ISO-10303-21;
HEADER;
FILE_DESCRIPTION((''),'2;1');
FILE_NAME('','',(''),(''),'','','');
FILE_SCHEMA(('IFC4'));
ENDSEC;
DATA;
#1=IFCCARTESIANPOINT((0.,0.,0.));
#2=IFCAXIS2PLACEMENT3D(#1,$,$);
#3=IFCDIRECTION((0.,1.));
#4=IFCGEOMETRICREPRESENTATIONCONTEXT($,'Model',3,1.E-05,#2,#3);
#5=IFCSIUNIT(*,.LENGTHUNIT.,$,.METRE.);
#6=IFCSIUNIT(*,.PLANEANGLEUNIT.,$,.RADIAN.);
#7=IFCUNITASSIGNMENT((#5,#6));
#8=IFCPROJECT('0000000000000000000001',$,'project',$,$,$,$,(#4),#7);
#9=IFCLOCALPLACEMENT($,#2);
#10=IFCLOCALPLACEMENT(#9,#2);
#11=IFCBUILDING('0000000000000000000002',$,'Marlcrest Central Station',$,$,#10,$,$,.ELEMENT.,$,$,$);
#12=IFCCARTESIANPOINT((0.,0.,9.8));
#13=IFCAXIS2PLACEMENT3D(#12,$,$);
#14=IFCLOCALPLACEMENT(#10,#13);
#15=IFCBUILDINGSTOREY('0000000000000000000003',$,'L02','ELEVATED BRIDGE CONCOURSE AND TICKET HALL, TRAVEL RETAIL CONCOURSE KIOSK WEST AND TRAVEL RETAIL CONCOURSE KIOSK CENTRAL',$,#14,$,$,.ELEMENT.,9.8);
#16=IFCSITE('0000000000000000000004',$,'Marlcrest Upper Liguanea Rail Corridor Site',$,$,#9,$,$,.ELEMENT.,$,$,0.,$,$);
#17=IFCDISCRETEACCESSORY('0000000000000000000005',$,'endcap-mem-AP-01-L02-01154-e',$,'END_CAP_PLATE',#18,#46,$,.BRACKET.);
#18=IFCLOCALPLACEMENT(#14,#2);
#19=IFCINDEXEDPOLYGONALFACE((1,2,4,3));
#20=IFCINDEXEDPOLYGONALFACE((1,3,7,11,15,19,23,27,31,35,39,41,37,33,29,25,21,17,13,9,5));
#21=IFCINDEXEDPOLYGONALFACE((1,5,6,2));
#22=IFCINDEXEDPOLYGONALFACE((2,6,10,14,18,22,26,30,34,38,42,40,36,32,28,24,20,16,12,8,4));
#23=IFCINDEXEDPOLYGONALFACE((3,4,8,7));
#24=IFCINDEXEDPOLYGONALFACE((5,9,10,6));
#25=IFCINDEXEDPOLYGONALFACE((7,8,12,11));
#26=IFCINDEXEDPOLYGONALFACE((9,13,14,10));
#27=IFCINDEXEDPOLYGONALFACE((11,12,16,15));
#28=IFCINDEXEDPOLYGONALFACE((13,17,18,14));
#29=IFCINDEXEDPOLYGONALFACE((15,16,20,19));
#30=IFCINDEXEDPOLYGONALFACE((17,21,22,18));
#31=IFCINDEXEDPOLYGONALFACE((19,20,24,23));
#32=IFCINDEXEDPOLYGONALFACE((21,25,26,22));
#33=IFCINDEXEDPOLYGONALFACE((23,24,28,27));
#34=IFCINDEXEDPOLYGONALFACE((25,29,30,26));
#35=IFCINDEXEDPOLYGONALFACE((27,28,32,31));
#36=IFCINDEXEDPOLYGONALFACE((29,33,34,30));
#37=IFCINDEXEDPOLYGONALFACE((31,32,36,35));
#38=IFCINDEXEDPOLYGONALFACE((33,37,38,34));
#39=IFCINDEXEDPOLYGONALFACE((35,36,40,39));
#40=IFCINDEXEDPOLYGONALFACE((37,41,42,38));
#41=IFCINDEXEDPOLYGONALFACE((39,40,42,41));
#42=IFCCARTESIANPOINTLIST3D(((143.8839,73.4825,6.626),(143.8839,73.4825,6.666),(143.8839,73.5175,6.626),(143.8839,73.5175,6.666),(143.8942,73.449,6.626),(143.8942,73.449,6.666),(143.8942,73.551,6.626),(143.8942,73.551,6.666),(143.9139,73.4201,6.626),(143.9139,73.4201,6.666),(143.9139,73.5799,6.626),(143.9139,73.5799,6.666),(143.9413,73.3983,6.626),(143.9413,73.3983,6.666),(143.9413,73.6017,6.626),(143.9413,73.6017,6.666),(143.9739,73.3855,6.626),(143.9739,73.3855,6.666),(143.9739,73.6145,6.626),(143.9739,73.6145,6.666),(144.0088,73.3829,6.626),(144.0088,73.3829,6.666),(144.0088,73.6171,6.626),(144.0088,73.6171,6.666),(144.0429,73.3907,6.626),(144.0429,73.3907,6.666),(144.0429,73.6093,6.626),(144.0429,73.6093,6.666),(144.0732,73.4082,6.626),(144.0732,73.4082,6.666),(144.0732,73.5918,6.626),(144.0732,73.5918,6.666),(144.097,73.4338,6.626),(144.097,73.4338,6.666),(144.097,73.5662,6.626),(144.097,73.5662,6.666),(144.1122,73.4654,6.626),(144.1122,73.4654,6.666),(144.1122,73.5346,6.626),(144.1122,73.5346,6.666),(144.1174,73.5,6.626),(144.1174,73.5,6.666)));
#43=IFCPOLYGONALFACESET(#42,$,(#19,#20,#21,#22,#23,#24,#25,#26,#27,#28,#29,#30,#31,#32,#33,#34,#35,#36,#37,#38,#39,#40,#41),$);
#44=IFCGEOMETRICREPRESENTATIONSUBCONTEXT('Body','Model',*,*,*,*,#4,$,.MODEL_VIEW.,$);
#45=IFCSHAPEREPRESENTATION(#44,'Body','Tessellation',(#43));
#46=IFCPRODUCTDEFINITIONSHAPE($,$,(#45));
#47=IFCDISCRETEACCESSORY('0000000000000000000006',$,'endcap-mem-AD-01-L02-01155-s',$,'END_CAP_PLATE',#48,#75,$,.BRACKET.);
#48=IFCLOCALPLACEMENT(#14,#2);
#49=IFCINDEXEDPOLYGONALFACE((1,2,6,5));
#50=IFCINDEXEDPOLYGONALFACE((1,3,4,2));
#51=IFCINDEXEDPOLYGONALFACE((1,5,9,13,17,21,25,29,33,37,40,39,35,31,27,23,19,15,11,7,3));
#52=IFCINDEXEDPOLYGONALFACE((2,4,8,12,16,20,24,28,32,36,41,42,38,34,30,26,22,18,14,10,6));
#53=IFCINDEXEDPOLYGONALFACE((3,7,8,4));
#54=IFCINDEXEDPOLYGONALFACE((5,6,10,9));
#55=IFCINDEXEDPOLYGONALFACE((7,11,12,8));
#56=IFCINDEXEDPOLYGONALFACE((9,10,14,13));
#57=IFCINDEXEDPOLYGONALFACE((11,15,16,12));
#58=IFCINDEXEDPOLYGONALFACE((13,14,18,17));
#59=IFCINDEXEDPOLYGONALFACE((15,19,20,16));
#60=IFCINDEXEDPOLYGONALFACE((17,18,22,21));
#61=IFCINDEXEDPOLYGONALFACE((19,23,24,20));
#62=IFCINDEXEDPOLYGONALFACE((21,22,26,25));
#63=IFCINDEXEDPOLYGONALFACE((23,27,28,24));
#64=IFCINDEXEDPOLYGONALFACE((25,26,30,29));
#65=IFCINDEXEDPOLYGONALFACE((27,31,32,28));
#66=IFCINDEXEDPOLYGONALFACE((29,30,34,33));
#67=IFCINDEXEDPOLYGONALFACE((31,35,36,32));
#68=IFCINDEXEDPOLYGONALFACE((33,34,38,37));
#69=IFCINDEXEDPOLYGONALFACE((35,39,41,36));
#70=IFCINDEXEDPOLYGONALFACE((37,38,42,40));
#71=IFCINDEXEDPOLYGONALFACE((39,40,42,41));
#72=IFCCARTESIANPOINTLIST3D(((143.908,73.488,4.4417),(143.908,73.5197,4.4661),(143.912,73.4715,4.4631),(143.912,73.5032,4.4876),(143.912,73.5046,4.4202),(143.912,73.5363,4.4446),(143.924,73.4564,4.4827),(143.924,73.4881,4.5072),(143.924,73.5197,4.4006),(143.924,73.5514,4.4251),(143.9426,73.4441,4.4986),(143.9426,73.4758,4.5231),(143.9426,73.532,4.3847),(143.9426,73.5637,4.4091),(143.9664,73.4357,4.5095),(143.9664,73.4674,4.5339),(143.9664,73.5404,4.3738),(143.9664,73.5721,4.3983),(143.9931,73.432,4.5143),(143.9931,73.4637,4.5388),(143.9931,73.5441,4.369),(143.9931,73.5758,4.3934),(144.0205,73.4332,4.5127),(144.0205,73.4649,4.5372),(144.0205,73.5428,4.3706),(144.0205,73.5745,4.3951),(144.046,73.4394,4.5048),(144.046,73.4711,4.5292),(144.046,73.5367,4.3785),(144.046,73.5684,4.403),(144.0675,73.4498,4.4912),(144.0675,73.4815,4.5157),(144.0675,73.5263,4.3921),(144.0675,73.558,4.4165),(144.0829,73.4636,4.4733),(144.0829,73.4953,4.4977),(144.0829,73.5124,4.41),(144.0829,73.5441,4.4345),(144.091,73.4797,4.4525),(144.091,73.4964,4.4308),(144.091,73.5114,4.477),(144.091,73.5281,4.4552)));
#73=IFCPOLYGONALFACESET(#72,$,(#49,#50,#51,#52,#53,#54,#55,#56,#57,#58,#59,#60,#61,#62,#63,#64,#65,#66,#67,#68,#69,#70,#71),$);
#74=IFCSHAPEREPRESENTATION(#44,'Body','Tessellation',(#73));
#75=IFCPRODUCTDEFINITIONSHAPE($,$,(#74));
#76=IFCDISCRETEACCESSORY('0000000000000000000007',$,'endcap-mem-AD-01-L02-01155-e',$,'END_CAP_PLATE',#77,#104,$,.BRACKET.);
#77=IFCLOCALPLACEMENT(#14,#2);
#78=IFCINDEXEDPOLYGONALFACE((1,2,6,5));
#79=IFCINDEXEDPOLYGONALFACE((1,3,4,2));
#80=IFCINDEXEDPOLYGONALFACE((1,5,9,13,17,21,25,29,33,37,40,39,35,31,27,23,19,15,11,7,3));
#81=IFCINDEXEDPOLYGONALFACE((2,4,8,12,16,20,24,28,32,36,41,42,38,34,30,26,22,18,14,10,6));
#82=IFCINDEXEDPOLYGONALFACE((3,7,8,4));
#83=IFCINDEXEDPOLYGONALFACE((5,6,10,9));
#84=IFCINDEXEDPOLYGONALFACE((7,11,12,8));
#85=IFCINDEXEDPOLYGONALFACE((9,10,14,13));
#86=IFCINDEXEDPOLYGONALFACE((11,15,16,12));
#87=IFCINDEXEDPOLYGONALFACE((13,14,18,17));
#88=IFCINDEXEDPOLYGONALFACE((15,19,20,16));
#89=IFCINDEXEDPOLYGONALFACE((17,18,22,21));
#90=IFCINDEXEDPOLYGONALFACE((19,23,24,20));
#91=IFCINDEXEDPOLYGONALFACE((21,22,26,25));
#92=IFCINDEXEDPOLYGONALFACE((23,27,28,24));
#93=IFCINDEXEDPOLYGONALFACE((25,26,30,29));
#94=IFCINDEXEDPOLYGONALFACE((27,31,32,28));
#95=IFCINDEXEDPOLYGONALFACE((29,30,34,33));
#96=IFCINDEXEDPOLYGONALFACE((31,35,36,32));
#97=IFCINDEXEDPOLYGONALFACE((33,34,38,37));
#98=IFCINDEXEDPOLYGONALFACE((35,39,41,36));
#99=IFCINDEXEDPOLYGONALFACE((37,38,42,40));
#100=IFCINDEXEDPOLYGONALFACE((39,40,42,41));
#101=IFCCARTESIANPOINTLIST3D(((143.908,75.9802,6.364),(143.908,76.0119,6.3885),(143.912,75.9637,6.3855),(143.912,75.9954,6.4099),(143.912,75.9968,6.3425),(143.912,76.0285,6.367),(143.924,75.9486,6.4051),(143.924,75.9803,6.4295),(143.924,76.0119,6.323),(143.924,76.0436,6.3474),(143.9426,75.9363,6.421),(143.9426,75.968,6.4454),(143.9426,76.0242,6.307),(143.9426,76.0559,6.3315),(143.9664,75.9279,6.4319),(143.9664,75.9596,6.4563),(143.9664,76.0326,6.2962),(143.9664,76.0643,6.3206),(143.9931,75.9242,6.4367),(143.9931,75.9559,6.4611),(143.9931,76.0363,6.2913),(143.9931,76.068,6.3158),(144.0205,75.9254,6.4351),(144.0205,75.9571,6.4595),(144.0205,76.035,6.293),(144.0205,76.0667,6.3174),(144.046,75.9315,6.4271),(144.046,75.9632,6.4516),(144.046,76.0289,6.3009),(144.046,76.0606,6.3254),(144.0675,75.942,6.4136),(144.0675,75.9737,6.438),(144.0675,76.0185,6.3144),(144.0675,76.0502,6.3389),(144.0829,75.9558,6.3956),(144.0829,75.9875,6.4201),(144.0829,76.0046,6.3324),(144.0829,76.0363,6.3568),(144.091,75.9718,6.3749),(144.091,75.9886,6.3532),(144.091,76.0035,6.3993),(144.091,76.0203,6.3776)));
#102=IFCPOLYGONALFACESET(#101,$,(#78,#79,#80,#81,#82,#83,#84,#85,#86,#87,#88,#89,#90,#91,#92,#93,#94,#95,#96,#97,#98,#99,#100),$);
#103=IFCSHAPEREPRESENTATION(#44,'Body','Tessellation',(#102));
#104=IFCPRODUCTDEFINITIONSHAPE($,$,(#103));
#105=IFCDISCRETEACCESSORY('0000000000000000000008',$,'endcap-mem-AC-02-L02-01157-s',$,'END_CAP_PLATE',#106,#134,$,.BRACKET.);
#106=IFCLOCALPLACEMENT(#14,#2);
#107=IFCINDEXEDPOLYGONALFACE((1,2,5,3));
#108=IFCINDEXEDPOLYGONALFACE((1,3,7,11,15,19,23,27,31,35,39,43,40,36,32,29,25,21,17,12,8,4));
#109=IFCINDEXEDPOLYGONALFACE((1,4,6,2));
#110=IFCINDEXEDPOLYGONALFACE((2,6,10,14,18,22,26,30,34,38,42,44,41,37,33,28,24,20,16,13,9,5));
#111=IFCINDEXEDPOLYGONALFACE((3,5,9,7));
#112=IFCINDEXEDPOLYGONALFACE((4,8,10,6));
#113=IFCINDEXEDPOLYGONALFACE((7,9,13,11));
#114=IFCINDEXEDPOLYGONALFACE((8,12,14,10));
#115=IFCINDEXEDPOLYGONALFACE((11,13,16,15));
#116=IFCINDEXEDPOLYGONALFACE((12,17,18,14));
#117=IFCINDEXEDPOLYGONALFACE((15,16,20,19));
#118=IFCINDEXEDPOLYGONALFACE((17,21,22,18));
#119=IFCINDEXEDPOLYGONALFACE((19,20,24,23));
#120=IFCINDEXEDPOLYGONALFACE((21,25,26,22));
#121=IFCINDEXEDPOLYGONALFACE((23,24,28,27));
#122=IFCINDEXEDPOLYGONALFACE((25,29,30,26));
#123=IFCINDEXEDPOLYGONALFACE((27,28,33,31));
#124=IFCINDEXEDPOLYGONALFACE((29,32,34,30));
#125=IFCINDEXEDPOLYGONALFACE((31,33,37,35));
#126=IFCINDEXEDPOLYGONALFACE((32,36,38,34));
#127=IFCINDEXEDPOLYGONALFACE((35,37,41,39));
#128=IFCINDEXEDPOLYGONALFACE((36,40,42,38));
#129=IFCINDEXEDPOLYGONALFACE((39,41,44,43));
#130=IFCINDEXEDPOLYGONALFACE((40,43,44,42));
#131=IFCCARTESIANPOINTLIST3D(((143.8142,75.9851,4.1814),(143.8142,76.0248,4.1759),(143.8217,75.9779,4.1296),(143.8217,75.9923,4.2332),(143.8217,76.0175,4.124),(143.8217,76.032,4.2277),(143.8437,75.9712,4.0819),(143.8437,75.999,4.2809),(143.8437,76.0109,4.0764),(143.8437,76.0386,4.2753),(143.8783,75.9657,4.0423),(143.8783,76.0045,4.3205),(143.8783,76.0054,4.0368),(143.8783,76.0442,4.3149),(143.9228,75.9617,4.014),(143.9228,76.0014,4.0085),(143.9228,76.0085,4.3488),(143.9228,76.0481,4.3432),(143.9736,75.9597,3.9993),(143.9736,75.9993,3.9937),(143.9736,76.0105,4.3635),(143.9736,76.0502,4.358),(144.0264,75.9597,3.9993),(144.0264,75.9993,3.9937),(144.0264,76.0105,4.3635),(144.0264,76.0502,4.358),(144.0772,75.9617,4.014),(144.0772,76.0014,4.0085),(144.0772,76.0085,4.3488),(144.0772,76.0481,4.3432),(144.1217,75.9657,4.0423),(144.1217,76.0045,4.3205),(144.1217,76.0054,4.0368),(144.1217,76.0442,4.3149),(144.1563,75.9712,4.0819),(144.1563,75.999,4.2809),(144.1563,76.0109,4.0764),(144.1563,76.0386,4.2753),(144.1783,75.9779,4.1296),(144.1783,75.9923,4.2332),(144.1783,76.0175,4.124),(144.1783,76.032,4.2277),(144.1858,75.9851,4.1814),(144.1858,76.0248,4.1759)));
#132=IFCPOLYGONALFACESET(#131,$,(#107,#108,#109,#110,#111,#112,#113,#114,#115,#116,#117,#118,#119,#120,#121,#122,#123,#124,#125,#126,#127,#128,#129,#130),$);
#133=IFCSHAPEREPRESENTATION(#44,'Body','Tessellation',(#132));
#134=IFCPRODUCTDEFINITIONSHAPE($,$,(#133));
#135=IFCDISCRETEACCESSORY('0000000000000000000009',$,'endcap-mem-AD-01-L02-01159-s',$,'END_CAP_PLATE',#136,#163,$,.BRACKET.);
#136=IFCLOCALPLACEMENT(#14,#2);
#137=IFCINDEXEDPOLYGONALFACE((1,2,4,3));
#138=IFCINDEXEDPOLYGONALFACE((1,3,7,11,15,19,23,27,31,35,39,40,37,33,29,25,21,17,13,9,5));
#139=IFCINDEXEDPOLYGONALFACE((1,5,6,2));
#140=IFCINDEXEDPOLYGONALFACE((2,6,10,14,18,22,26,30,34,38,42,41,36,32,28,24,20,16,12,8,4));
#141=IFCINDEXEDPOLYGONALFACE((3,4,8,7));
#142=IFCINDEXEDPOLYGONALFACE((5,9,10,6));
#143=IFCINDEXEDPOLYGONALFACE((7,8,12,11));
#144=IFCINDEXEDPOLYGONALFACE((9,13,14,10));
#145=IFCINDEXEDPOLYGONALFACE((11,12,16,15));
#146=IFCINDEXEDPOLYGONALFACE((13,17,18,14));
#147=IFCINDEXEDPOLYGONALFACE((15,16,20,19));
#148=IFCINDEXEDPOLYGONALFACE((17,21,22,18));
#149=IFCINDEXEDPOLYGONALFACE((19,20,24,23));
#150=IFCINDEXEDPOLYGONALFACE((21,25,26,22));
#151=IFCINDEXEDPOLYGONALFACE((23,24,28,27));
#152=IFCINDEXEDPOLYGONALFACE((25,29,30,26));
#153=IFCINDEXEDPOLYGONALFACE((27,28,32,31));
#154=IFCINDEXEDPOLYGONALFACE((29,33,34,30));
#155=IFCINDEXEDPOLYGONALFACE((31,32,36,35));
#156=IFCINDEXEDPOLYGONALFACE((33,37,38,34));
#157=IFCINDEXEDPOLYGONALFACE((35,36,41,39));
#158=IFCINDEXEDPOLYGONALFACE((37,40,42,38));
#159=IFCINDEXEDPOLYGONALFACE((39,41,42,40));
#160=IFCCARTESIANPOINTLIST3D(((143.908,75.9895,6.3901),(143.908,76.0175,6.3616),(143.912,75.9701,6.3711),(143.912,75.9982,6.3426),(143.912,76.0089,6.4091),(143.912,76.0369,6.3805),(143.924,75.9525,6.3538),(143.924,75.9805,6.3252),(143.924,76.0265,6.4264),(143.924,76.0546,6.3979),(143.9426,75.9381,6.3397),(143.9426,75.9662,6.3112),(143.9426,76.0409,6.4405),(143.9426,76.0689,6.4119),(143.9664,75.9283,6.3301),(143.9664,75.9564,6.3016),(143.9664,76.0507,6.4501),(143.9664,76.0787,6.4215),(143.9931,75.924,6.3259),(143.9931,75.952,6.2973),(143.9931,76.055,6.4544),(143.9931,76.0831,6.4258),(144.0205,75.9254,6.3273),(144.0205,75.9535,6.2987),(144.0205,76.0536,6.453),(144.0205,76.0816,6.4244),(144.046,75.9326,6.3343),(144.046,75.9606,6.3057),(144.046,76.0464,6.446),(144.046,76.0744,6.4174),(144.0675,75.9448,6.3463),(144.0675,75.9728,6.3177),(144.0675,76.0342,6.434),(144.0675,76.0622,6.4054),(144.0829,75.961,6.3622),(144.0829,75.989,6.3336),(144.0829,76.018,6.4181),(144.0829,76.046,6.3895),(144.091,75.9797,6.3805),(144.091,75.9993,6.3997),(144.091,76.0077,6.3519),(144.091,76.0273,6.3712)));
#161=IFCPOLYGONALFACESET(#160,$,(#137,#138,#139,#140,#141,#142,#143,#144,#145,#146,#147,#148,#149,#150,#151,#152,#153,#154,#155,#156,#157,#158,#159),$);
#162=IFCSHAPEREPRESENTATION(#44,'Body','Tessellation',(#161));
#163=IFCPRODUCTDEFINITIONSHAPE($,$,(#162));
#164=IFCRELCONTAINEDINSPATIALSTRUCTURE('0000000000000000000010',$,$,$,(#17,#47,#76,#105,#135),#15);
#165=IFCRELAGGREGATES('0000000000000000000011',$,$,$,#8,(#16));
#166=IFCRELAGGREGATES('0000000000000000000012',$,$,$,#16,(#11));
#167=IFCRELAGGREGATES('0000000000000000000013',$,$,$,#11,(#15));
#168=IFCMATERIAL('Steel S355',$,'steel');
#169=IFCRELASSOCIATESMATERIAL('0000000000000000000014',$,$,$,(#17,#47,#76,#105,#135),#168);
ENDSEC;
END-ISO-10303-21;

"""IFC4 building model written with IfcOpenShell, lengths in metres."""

from ifc_helpers import new_model, si_unit, direction, frame, origin, origin_2d, place, context, subcontext, project, spatial, circle, extrude, material, element, save


model = new_model("IFC4")

# Units and contexts
model_context = context("Model", 3, precision=1e-05, world=origin(), true_north=direction((0.0, 1.0)))
body_context = subcontext(model_context, "Body", "Model", "MODEL_VIEW")
ifc_project = project(units=[si_unit("LENGTHUNIT", "METRE"), si_unit("PLANEANGLEUNIT", "RADIAN")], contexts=[model_context])

# Site, building, storey
site_placement = place(None, origin())
site = spatial("IfcSite", under=ifc_project, at=site_placement, Name="Marlcrest Upper Liguanea Rail Corridor Site", CompositionType="ELEMENT", RefElevation=0.0)
building_placement = place(site_placement, origin())
building = spatial("IfcBuilding", under=site, at=building_placement, Name="Marlcrest Central Station", CompositionType="ELEMENT")
storey_placement = place(building_placement, frame((0.0, 0.0, 9.8)))
storey = spatial("IfcBuildingStorey", under=building, at=storey_placement, Name="L02", Description="ELEVATED BRIDGE CONCOURSE AND TICKET HALL, TRAVEL RETAIL CONCOURSE KIOSK WEST AND TRAVEL RETAIL CONCOURSE KIOSK CENTRAL", CompositionType="ELEMENT", Elevation=9.8)

# Shared definitions
ifc_material = material(Name="Steel S355", Category="steel")

# Discrete accessories
for number, where, z_axis, x_axis, name in (
    (1, (144.0, 73.5, 6.626), (0.0, 0.0, 1.0), (1.0, 0.0, 0.0), "endcap-mem-AP-01-L02-01154-e"),
):
    element("IfcDiscreteAccessory", number, at=place(storey_placement, frame(where, z_axis=z_axis, x_axis=x_axis)), inside=storey, material=ifc_material, Name=name, ObjectType="END_CAP_PLATE", PredefinedType="BRACKET", context=body_context, shape_type="SweptSolid", body=[
        extrude(circle(Radius=0.1174, at=origin_2d()), origin(), (0.0, 0.0, 1.0), 0.04),
    ])
for number, where, z_axis, x_axis, name in (
    (2, (144.0, 73.488, 4.4417), (0.0, 0.791798, 0.610783), (-1.0, 0.0, 0.0), "endcap-mem-AD-01-L02-01155-s"),
    (3, (144.0, 75.9802, 6.364), (0.0, 0.791798, 0.610783), (-1.0, 0.0, 0.0), "endcap-mem-AD-01-L02-01155-e"),
):
    element("IfcDiscreteAccessory", number, at=place(storey_placement, frame(where, z_axis=z_axis, x_axis=x_axis)), inside=storey, material=ifc_material, Name=name, ObjectType="END_CAP_PLATE", PredefinedType="BRACKET", context=body_context, shape_type="SweptSolid", body=[
        extrude(circle(Radius=0.092, at=origin_2d()), origin(), (0.0, 0.0, 1.0), 0.04),
    ])
discrete_accessory_1_placement = place(storey_placement, frame((144.0, 75.9851, 4.1814), z_axis=(0.0, 0.990403, -0.138211), x_axis=(-1.0, 0.0, 0.0)))
element("IfcDiscreteAccessory", 4, at=discrete_accessory_1_placement, inside=storey, material=ifc_material, Name="endcap-mem-AC-02-L02-01157-s", ObjectType="END_CAP_PLATE", PredefinedType="BRACKET", context=body_context, shape_type="SweptSolid", body=[
    extrude(circle(Radius=0.1858, at=origin_2d()), origin(), (0.0, 0.0, 1.0), 0.04),
])
discrete_accessory_2_placement = place(storey_placement, frame((144.0, 75.9895, 6.3901), z_axis=(0.0, 0.700235, -0.713912), x_axis=(-1.0, 0.0, 0.0)))
element("IfcDiscreteAccessory", 5, at=discrete_accessory_2_placement, inside=storey, material=ifc_material, Name="endcap-mem-AD-01-L02-01159-s", ObjectType="END_CAP_PLATE", PredefinedType="BRACKET", context=body_context, shape_type="SweptSolid", body=[
    extrude(circle(Radius=0.092, at=origin_2d()), origin(), (0.0, 0.0, 1.0), 0.04),
])

save(model, "model.ifc")
